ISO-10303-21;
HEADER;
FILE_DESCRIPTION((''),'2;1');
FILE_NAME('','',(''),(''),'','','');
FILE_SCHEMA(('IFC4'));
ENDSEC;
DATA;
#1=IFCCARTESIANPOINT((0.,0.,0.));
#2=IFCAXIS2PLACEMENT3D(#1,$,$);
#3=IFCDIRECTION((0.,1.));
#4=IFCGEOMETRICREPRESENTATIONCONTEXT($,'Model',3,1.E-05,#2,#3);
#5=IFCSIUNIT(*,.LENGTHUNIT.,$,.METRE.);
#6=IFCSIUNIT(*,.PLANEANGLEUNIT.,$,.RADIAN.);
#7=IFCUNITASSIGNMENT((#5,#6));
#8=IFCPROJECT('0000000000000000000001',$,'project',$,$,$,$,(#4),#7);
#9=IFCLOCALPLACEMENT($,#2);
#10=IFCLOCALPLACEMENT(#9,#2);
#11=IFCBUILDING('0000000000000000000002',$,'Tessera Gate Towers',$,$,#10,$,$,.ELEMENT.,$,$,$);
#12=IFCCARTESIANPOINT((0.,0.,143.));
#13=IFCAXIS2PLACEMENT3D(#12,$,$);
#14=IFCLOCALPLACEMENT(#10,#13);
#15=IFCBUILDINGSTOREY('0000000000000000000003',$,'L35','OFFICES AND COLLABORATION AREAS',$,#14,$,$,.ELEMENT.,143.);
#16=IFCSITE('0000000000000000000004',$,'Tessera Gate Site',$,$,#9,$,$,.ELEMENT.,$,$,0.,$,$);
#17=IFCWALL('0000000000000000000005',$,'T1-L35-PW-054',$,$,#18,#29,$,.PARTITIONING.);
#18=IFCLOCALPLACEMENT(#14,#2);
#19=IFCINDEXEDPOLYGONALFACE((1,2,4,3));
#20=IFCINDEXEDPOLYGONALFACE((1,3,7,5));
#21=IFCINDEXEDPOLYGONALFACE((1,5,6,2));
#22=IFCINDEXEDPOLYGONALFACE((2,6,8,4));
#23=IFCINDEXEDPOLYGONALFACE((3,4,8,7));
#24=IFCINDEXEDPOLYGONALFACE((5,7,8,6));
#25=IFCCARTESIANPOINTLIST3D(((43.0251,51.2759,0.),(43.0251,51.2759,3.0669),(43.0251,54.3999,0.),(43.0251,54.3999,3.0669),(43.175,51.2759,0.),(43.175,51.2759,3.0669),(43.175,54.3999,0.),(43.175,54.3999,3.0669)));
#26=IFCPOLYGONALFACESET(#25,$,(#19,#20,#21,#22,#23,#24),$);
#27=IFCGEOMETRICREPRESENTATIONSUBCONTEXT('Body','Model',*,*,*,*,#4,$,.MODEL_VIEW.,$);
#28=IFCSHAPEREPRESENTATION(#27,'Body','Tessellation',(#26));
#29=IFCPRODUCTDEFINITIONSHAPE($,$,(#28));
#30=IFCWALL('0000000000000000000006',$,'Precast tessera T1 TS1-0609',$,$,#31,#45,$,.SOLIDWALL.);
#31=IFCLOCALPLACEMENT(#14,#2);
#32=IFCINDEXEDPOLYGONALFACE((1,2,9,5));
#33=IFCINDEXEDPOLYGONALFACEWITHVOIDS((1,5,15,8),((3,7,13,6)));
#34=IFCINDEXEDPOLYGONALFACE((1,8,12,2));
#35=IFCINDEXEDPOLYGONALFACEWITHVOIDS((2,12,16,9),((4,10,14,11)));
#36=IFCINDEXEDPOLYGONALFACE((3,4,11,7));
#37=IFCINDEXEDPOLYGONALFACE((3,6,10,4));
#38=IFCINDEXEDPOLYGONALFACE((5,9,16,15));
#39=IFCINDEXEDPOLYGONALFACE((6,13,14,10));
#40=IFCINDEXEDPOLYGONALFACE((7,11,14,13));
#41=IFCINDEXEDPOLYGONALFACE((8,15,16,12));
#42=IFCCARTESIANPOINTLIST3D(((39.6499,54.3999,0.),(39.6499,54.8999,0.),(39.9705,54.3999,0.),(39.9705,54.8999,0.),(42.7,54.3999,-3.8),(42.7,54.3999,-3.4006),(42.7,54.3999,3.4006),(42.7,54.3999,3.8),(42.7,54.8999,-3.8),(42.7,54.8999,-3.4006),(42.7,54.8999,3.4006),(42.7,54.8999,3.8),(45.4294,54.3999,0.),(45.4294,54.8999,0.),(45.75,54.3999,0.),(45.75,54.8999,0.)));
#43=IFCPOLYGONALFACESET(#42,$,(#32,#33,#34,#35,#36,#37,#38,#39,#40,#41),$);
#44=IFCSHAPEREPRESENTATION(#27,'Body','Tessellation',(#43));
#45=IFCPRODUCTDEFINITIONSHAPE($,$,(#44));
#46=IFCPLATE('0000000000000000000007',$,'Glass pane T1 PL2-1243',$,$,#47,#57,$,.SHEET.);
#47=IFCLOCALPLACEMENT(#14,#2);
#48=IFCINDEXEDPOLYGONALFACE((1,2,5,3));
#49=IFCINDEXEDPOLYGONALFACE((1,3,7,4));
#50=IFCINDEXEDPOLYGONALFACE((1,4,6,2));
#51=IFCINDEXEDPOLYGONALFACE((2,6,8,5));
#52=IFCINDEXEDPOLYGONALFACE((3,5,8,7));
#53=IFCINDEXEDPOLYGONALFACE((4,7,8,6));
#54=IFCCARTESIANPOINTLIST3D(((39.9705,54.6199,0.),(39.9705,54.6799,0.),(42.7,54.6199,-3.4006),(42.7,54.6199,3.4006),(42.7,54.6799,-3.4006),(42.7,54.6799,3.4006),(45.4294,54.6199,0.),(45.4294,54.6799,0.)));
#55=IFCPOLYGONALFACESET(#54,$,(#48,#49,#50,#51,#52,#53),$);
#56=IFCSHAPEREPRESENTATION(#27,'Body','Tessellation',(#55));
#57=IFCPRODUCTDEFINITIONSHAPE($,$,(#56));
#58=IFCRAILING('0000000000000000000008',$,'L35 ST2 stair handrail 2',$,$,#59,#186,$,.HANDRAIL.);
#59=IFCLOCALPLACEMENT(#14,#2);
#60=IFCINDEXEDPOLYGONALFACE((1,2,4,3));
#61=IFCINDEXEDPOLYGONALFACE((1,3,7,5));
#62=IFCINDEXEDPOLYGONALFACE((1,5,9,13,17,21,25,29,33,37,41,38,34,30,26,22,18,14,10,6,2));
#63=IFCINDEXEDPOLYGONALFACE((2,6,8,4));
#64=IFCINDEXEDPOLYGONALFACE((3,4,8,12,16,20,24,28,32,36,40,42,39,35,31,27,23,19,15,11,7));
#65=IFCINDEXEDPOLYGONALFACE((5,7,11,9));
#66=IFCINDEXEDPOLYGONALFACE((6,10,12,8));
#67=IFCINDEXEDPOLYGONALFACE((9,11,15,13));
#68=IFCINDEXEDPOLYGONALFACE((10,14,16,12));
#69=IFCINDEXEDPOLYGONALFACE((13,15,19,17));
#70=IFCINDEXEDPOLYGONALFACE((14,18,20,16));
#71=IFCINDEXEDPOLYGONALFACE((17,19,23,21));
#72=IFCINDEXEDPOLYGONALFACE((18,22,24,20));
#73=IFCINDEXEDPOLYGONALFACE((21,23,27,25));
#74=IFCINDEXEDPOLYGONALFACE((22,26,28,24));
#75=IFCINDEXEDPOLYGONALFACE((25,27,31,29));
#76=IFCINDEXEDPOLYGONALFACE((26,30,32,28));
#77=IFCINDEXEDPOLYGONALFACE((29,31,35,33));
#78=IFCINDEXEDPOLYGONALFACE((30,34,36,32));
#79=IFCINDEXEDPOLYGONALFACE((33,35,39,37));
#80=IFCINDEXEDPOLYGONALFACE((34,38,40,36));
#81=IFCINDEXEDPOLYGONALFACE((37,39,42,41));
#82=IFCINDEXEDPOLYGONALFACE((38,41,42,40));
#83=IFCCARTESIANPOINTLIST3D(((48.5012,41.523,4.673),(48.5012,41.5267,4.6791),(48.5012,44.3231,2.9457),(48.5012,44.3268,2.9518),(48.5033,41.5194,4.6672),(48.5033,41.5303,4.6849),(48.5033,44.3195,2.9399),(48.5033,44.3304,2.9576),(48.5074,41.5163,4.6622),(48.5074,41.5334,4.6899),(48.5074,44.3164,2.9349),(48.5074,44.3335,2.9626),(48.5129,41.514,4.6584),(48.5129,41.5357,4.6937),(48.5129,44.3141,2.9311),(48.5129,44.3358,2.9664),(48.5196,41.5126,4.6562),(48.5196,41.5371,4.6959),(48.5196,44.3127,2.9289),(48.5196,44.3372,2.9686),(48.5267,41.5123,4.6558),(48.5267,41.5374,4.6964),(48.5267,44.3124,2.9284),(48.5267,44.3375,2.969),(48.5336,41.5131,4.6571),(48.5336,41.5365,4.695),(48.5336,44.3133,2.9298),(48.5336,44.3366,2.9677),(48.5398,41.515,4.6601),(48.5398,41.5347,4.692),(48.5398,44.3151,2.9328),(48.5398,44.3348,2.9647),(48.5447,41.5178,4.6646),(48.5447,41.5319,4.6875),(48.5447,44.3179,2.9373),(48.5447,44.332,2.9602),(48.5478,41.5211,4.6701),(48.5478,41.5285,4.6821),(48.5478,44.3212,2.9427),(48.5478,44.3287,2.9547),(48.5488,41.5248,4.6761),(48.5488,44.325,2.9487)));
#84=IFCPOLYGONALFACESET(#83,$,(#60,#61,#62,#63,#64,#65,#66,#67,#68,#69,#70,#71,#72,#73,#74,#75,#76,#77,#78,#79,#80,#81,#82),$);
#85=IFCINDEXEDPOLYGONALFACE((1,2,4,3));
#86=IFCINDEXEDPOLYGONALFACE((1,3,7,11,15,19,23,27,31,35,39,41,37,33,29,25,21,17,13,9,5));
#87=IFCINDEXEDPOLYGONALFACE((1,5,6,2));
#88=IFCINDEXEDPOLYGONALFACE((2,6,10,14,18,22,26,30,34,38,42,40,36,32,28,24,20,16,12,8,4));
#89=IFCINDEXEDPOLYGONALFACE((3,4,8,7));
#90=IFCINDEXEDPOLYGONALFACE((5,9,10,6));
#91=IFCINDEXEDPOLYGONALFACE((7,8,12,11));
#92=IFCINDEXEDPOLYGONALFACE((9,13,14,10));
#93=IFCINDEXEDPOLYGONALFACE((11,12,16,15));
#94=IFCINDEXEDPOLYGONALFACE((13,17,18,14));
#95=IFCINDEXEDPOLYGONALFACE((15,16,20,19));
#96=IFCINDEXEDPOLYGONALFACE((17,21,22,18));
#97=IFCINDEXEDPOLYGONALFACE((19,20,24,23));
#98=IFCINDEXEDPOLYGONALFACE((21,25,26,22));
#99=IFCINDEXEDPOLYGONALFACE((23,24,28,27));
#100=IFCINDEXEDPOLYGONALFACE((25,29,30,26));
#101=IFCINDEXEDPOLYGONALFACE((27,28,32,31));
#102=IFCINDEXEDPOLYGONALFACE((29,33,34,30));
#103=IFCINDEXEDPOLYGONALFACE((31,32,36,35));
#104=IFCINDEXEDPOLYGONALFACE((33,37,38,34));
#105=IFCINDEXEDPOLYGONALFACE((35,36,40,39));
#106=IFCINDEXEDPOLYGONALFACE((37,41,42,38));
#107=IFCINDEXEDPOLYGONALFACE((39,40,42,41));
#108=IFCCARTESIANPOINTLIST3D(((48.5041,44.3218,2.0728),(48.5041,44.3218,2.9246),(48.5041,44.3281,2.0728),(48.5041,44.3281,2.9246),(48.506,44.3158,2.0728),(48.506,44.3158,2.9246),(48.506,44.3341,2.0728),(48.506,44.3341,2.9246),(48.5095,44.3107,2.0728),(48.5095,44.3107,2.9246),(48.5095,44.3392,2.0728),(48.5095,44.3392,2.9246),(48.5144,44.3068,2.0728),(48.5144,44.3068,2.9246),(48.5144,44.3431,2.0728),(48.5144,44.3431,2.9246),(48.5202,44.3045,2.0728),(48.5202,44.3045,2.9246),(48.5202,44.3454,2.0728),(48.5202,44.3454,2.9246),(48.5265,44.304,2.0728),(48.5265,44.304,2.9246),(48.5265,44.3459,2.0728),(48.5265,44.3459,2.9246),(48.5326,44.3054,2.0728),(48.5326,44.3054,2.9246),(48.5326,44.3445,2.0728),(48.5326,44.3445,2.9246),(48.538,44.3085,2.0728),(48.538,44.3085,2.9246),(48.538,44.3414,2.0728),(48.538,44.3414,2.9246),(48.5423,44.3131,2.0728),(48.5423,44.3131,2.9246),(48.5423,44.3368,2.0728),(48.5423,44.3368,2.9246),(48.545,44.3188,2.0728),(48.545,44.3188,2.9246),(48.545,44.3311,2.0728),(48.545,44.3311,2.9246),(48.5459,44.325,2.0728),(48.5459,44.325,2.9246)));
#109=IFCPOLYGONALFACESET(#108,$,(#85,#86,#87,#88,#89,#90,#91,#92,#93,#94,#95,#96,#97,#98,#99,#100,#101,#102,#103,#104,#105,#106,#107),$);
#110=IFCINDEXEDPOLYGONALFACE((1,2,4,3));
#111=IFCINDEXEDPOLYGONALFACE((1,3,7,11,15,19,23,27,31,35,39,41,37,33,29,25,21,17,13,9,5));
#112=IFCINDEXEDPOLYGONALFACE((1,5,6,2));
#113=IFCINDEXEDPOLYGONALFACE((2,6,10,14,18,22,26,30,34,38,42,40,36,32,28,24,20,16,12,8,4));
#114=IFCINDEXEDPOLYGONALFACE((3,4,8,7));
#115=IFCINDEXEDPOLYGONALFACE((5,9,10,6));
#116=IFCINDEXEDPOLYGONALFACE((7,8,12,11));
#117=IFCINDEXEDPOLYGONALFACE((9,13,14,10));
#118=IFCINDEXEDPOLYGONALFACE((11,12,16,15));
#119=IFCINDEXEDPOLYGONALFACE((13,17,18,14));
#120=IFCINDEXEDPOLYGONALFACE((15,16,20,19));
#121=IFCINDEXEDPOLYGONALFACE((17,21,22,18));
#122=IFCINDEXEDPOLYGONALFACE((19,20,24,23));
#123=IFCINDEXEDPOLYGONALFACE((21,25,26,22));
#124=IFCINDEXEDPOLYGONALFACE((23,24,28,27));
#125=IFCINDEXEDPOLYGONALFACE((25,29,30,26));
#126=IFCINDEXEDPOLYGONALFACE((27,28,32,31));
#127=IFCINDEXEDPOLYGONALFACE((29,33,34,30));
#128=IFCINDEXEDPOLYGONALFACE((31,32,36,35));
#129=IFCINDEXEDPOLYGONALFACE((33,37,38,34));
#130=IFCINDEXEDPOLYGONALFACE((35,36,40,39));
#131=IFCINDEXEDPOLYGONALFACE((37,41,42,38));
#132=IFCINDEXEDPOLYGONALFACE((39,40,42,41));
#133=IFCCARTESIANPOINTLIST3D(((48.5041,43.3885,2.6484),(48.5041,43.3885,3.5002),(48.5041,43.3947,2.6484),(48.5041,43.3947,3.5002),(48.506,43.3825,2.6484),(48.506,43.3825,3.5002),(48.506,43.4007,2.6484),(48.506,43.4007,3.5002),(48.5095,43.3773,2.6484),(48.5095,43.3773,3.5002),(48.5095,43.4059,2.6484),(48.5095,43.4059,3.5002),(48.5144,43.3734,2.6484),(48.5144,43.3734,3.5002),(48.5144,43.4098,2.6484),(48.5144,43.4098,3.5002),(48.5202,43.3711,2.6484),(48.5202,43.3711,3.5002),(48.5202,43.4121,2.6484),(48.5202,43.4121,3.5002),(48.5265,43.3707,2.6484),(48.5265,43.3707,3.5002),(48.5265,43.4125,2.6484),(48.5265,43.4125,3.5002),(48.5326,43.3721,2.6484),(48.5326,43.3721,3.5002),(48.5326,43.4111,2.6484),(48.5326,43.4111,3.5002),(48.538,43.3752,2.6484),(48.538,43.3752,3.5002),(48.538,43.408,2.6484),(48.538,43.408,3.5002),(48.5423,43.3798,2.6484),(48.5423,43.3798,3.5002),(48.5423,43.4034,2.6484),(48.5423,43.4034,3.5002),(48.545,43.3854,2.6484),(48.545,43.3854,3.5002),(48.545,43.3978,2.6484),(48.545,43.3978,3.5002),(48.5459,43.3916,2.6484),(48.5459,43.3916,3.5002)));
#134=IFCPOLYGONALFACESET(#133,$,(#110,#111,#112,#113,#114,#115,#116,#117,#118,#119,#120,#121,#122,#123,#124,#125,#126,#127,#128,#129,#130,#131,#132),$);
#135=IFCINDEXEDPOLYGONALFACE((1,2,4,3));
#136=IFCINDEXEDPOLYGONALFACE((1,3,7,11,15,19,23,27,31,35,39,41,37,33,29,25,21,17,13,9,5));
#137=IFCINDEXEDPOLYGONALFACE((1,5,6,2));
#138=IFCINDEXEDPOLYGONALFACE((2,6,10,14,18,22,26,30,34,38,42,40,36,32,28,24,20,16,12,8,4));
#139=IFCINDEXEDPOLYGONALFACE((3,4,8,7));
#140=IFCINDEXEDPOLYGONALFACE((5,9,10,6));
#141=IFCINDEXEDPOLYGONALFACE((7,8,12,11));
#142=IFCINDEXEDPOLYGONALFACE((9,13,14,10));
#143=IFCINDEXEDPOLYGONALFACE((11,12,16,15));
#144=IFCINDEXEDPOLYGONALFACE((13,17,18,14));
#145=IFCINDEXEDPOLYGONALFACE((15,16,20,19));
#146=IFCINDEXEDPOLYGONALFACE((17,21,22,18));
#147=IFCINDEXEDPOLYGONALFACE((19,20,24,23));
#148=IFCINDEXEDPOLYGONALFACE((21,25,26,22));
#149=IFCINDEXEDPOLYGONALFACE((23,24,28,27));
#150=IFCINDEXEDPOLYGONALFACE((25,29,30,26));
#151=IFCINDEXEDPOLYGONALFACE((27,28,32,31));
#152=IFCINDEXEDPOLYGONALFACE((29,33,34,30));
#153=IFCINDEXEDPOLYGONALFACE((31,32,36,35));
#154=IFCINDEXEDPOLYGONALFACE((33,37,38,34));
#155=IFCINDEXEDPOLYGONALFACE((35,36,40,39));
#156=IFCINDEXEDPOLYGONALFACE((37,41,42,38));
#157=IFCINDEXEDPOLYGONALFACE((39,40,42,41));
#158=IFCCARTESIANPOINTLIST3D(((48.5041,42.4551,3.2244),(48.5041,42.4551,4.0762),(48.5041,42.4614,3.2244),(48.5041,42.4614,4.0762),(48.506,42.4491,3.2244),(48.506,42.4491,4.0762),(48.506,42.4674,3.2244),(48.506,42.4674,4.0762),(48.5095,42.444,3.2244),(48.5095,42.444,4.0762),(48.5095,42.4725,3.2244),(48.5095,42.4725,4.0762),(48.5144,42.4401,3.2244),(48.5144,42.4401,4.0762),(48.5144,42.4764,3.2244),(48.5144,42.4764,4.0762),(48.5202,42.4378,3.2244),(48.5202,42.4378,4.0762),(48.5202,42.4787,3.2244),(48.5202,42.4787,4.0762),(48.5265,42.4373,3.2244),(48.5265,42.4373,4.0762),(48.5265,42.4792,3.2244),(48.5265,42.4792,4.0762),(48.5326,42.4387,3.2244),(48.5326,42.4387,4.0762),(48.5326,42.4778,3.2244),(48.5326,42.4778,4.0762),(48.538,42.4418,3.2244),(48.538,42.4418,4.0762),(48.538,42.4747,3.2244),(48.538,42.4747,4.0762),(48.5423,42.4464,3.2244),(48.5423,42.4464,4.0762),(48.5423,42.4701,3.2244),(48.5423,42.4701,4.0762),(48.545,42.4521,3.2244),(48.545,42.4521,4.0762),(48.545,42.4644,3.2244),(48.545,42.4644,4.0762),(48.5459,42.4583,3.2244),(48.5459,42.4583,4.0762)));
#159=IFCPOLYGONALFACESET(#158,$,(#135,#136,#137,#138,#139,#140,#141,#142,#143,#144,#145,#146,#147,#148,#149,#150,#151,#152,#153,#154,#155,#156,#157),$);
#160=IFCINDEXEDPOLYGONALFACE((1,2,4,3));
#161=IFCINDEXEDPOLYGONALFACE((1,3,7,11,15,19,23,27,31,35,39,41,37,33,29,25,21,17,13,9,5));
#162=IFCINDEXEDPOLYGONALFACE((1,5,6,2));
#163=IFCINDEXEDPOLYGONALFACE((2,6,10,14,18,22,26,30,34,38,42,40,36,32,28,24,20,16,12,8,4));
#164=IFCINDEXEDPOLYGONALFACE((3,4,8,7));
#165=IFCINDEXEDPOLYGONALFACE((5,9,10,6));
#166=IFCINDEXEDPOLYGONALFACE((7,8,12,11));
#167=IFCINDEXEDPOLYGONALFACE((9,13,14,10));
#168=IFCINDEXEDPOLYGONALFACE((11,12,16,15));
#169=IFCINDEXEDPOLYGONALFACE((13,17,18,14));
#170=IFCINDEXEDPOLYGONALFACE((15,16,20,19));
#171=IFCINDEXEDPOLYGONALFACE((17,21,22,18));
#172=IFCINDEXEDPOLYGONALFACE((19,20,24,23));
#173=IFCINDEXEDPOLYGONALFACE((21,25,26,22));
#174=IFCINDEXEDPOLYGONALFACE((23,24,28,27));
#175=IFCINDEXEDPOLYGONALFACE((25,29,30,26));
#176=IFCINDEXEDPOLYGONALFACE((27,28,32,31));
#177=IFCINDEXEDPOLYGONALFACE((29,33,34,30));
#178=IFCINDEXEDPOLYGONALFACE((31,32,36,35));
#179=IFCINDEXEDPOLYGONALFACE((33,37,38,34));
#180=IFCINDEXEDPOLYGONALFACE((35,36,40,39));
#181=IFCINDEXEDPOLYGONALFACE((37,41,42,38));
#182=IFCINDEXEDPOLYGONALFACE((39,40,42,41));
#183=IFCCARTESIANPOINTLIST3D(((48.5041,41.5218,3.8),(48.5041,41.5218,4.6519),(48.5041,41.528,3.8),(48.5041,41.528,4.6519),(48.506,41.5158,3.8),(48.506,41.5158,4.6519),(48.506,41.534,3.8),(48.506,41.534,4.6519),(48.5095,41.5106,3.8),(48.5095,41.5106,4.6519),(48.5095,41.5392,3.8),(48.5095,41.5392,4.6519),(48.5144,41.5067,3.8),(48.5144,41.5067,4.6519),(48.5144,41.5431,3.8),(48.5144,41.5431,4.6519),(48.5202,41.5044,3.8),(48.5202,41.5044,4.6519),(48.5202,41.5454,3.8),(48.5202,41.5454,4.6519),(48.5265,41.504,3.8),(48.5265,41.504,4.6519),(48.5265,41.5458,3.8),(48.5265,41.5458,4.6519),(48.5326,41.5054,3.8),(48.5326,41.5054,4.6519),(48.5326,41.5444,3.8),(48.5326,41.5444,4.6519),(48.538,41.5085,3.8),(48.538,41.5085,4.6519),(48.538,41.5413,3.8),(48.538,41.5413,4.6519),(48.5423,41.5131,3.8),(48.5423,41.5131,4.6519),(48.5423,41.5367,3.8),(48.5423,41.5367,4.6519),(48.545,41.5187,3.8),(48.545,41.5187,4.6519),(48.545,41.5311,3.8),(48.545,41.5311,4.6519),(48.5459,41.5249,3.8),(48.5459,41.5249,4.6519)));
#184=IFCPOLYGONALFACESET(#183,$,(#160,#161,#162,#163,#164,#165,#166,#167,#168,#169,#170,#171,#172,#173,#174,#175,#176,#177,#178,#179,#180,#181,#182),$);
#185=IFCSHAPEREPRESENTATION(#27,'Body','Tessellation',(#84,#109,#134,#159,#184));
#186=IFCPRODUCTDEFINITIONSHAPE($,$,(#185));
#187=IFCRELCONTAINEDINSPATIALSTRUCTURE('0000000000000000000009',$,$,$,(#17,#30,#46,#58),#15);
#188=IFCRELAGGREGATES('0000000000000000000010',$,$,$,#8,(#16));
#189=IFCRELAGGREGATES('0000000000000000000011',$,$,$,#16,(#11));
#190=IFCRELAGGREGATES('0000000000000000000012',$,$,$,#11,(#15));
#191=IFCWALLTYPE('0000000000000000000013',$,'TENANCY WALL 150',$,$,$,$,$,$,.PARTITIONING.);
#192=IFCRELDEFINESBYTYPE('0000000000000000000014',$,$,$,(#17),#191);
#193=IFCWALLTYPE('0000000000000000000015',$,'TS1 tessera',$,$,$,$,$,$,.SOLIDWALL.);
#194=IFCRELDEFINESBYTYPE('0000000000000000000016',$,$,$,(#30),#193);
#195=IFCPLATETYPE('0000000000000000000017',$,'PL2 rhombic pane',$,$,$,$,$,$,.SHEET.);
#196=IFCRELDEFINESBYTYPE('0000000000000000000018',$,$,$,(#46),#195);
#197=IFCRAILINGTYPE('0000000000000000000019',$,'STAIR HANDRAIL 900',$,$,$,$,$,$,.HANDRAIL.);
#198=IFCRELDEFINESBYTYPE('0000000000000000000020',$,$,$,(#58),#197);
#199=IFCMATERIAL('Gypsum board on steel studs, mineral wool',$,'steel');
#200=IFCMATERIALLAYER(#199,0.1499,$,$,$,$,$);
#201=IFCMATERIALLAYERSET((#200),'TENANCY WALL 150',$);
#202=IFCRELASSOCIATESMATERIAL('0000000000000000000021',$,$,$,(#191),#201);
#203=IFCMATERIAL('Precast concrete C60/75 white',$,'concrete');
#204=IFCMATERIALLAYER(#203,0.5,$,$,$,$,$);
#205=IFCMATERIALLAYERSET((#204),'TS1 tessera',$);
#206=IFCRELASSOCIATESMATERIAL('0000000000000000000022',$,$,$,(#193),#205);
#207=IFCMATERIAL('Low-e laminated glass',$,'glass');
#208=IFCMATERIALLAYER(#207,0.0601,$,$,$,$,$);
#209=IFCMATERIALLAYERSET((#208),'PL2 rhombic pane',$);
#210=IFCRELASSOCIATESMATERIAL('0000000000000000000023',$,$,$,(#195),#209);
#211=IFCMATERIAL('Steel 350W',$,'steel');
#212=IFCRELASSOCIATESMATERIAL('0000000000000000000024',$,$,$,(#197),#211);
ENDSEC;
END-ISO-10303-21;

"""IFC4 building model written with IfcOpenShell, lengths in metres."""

from ifc_helpers import new_model, si_unit, direction, frame, frame_2d, origin, origin_2d, place, context, subcontext, project, spatial, polyline, rectangle, circle, outline, extrude, source, transform, mapped, material, layer, layer_set, type_object, element, fill, save


model = new_model("IFC4")

# Units and contexts
model_context = context("Model", 3, precision=1e-05, world=origin(), true_north=direction((0.0, 1.0)))
body_context = subcontext(model_context, "Body", "Model", "MODEL_VIEW")
ifc_project = project(units=[si_unit("LENGTHUNIT", "METRE"), si_unit("PLANEANGLEUNIT", "RADIAN")], contexts=[model_context])

# Site, building, storey
site_placement = place(None, origin())
site = spatial("IfcSite", under=ifc_project, at=site_placement, Name="Tessera Gate Site", CompositionType="ELEMENT", RefElevation=0.0)
building_placement = place(site_placement, origin())
building = spatial("IfcBuilding", under=site, at=building_placement, Name="Tessera Gate Towers", CompositionType="ELEMENT")
storey_placement = place(building_placement, frame((0.0, 0.0, 143.0)))
storey = spatial("IfcBuildingStorey", under=building, at=storey_placement, Name="L35", Description="OFFICES AND COLLABORATION AREAS", CompositionType="ELEMENT", Elevation=143.0)

# Wall
ifc_material_1 = material(Name="Gypsum board on steel studs, mineral wool", Category="steel")
ifc_layer_1 = layer(ifc_material_1, 0.1499)
ifc_layer_set_1 = layer_set([ifc_layer_1], Name="TENANCY WALL 150")
wall_type_1 = type_object("IfcWallType", Name="TENANCY WALL 150", PredefinedType="PARTITIONING", material=ifc_layer_set_1)
wall_1_placement = place(storey_placement, frame((43.1001, 51.2759, 0.0), z_axis=(0.0, 0.0, 1.0), x_axis=(0.0, 1.0, 0.0)))
element("IfcWall", 1, at=wall_1_placement, inside=storey, type_object=wall_type_1, Name="T1-L35-PW-054", PredefinedType="PARTITIONING", context=body_context, shape_type="SweptSolid", body=[
    extrude(rectangle(XDim=3.124, YDim=0.1499, at=frame_2d((1.562, 0.0))), origin(), (0.0, 0.0, 1.0), 3.0669),
])

# Wall, opening, plate
ifc_material_2 = material(Name="Precast concrete C60/75 white", Category="concrete")
ifc_layer_2 = layer(ifc_material_2, 0.5)
ifc_layer_set_2 = layer_set([ifc_layer_2], Name="TS1 tessera")
wall_type_2 = type_object("IfcWallType", Name="TS1 tessera", PredefinedType="SOLIDWALL", material=ifc_layer_set_2)
shared_shape_1 = source(origin(), body_context, "Body", "SweptSolid", [
    extrude(outline(polyline([(3.05, 0.0), (6.1001, 3.8), (3.05, 7.6001), (0.0, 3.8), (3.05, 0.0)])), frame((0.0, 0.25, 0.0), z_axis=(0.0, -1.0, 0.0), x_axis=(1.0, 0.0, 0.0)), (0.0, 0.0, 1.0), 0.5),
])
wall_2_placement = place(storey_placement, frame((45.75, 54.6499, -3.8), z_axis=(0.0, 0.0, 1.0), x_axis=(-1.0, 0.0, 0.0)))
wall_2 = element("IfcWall", 2, at=wall_2_placement, inside=storey, type_object=wall_type_2, Name="Precast tessera T1 TS1-0609", PredefinedType="SOLIDWALL", context=body_context, shape_type="MappedRepresentation", body=[
    mapped(shared_shape_1, transform((0.0, 0.0, 0.0), scale=1.0)),
])
shared_shape_2 = source(origin(), body_context, "Body", "SweptSolid", [
    extrude(outline(polyline([(3.05, 0.3994), (5.7795, 3.8), (3.05, 7.2007), (0.3206, 3.8), (3.05, 0.3994)])), frame((0.0, 0.26, 0.0), z_axis=(0.0, -1.0, 0.0), x_axis=(1.0, 0.0, 0.0)), (0.0, 0.0, 1.0), 0.52),
])
opening_1_placement = place(wall_2_placement, origin())
opening_1 = element("IfcOpeningElement", 3, at=opening_1_placement, cuts=wall_2, PredefinedType="OPENING", context=body_context, shape_type="MappedRepresentation", body=[
    mapped(shared_shape_2, transform((0.0, 0.0, 0.0), scale=1.0)),
])
ifc_material_3 = material(Name="Low-e laminated glass", Category="glass")
ifc_layer_3 = layer(ifc_material_3, 0.0601)
ifc_layer_set_3 = layer_set([ifc_layer_3], Name="PL2 rhombic pane")
plate_type = type_object("IfcPlateType", Name="PL2 rhombic pane", PredefinedType="SHEET", material=ifc_layer_set_3)
shared_shape_3 = source(origin(), body_context, "Body", "SweptSolid", [
    extrude(outline(polyline([(3.05, 0.3994), (5.7795, 3.8), (3.05, 7.2007), (0.3206, 3.8), (3.05, 0.3994)])), frame((0.0, 0.03, 0.0), z_axis=(0.0, -1.0, 0.0), x_axis=(1.0, 0.0, 0.0)), (0.0, 0.0, 1.0), 0.0601),
])
plate_placement = place(opening_1_placement, origin())
plate = element("IfcPlate", 4, at=plate_placement, inside=storey, type_object=plate_type, Name="Glass pane T1 PL2-1243", PredefinedType="SHEET", context=body_context, shape_type="MappedRepresentation", body=[
    mapped(shared_shape_3, transform((0.0, 0.0, 0.0), scale=1.0)),
])
fill(opening_1, plate)

# Railing
ifc_material_4 = material(Name="Steel 350W", Category="steel")
railing_type = type_object("IfcRailingType", Name="STAIR HANDRAIL 900", PredefinedType="HANDRAIL", material=ifc_material_4)
railing_placement = place(storey_placement, frame((48.5249, 44.325, 2.0728)))
element("IfcRailing", 5, at=railing_placement, inside=storey, type_object=railing_type, Name="L35 ST2 stair handrail 2", PredefinedType="HANDRAIL", context=body_context, shape_type="SweptSolid", body=[
    extrude(circle(Radius=0.0239, at=origin_2d()), frame((0.0, 0.0, 0.876), z_axis=(0.0, -0.85109, 0.52502), x_axis=(1.0, 0.0, 0.0)), (0.0, 0.0, 1.0), 3.29),
    extrude(circle(Radius=0.021, at=origin_2d()), origin(), (0.0, 0.0, 1.0), 0.8518),
    extrude(circle(Radius=0.021, at=origin_2d()), frame((0.0, -0.9333, 0.5757)), (0.0, 0.0, 1.0), 0.8518),
    extrude(circle(Radius=0.021, at=origin_2d()), frame((0.0, -1.8667, 1.1516)), (0.0, 0.0, 1.0), 0.8518),
    extrude(circle(Radius=0.021, at=origin_2d()), frame((0.0, -2.8, 1.7273)), (0.0, 0.0, 1.0), 0.8518),
])

save(model, "model.ifc")
